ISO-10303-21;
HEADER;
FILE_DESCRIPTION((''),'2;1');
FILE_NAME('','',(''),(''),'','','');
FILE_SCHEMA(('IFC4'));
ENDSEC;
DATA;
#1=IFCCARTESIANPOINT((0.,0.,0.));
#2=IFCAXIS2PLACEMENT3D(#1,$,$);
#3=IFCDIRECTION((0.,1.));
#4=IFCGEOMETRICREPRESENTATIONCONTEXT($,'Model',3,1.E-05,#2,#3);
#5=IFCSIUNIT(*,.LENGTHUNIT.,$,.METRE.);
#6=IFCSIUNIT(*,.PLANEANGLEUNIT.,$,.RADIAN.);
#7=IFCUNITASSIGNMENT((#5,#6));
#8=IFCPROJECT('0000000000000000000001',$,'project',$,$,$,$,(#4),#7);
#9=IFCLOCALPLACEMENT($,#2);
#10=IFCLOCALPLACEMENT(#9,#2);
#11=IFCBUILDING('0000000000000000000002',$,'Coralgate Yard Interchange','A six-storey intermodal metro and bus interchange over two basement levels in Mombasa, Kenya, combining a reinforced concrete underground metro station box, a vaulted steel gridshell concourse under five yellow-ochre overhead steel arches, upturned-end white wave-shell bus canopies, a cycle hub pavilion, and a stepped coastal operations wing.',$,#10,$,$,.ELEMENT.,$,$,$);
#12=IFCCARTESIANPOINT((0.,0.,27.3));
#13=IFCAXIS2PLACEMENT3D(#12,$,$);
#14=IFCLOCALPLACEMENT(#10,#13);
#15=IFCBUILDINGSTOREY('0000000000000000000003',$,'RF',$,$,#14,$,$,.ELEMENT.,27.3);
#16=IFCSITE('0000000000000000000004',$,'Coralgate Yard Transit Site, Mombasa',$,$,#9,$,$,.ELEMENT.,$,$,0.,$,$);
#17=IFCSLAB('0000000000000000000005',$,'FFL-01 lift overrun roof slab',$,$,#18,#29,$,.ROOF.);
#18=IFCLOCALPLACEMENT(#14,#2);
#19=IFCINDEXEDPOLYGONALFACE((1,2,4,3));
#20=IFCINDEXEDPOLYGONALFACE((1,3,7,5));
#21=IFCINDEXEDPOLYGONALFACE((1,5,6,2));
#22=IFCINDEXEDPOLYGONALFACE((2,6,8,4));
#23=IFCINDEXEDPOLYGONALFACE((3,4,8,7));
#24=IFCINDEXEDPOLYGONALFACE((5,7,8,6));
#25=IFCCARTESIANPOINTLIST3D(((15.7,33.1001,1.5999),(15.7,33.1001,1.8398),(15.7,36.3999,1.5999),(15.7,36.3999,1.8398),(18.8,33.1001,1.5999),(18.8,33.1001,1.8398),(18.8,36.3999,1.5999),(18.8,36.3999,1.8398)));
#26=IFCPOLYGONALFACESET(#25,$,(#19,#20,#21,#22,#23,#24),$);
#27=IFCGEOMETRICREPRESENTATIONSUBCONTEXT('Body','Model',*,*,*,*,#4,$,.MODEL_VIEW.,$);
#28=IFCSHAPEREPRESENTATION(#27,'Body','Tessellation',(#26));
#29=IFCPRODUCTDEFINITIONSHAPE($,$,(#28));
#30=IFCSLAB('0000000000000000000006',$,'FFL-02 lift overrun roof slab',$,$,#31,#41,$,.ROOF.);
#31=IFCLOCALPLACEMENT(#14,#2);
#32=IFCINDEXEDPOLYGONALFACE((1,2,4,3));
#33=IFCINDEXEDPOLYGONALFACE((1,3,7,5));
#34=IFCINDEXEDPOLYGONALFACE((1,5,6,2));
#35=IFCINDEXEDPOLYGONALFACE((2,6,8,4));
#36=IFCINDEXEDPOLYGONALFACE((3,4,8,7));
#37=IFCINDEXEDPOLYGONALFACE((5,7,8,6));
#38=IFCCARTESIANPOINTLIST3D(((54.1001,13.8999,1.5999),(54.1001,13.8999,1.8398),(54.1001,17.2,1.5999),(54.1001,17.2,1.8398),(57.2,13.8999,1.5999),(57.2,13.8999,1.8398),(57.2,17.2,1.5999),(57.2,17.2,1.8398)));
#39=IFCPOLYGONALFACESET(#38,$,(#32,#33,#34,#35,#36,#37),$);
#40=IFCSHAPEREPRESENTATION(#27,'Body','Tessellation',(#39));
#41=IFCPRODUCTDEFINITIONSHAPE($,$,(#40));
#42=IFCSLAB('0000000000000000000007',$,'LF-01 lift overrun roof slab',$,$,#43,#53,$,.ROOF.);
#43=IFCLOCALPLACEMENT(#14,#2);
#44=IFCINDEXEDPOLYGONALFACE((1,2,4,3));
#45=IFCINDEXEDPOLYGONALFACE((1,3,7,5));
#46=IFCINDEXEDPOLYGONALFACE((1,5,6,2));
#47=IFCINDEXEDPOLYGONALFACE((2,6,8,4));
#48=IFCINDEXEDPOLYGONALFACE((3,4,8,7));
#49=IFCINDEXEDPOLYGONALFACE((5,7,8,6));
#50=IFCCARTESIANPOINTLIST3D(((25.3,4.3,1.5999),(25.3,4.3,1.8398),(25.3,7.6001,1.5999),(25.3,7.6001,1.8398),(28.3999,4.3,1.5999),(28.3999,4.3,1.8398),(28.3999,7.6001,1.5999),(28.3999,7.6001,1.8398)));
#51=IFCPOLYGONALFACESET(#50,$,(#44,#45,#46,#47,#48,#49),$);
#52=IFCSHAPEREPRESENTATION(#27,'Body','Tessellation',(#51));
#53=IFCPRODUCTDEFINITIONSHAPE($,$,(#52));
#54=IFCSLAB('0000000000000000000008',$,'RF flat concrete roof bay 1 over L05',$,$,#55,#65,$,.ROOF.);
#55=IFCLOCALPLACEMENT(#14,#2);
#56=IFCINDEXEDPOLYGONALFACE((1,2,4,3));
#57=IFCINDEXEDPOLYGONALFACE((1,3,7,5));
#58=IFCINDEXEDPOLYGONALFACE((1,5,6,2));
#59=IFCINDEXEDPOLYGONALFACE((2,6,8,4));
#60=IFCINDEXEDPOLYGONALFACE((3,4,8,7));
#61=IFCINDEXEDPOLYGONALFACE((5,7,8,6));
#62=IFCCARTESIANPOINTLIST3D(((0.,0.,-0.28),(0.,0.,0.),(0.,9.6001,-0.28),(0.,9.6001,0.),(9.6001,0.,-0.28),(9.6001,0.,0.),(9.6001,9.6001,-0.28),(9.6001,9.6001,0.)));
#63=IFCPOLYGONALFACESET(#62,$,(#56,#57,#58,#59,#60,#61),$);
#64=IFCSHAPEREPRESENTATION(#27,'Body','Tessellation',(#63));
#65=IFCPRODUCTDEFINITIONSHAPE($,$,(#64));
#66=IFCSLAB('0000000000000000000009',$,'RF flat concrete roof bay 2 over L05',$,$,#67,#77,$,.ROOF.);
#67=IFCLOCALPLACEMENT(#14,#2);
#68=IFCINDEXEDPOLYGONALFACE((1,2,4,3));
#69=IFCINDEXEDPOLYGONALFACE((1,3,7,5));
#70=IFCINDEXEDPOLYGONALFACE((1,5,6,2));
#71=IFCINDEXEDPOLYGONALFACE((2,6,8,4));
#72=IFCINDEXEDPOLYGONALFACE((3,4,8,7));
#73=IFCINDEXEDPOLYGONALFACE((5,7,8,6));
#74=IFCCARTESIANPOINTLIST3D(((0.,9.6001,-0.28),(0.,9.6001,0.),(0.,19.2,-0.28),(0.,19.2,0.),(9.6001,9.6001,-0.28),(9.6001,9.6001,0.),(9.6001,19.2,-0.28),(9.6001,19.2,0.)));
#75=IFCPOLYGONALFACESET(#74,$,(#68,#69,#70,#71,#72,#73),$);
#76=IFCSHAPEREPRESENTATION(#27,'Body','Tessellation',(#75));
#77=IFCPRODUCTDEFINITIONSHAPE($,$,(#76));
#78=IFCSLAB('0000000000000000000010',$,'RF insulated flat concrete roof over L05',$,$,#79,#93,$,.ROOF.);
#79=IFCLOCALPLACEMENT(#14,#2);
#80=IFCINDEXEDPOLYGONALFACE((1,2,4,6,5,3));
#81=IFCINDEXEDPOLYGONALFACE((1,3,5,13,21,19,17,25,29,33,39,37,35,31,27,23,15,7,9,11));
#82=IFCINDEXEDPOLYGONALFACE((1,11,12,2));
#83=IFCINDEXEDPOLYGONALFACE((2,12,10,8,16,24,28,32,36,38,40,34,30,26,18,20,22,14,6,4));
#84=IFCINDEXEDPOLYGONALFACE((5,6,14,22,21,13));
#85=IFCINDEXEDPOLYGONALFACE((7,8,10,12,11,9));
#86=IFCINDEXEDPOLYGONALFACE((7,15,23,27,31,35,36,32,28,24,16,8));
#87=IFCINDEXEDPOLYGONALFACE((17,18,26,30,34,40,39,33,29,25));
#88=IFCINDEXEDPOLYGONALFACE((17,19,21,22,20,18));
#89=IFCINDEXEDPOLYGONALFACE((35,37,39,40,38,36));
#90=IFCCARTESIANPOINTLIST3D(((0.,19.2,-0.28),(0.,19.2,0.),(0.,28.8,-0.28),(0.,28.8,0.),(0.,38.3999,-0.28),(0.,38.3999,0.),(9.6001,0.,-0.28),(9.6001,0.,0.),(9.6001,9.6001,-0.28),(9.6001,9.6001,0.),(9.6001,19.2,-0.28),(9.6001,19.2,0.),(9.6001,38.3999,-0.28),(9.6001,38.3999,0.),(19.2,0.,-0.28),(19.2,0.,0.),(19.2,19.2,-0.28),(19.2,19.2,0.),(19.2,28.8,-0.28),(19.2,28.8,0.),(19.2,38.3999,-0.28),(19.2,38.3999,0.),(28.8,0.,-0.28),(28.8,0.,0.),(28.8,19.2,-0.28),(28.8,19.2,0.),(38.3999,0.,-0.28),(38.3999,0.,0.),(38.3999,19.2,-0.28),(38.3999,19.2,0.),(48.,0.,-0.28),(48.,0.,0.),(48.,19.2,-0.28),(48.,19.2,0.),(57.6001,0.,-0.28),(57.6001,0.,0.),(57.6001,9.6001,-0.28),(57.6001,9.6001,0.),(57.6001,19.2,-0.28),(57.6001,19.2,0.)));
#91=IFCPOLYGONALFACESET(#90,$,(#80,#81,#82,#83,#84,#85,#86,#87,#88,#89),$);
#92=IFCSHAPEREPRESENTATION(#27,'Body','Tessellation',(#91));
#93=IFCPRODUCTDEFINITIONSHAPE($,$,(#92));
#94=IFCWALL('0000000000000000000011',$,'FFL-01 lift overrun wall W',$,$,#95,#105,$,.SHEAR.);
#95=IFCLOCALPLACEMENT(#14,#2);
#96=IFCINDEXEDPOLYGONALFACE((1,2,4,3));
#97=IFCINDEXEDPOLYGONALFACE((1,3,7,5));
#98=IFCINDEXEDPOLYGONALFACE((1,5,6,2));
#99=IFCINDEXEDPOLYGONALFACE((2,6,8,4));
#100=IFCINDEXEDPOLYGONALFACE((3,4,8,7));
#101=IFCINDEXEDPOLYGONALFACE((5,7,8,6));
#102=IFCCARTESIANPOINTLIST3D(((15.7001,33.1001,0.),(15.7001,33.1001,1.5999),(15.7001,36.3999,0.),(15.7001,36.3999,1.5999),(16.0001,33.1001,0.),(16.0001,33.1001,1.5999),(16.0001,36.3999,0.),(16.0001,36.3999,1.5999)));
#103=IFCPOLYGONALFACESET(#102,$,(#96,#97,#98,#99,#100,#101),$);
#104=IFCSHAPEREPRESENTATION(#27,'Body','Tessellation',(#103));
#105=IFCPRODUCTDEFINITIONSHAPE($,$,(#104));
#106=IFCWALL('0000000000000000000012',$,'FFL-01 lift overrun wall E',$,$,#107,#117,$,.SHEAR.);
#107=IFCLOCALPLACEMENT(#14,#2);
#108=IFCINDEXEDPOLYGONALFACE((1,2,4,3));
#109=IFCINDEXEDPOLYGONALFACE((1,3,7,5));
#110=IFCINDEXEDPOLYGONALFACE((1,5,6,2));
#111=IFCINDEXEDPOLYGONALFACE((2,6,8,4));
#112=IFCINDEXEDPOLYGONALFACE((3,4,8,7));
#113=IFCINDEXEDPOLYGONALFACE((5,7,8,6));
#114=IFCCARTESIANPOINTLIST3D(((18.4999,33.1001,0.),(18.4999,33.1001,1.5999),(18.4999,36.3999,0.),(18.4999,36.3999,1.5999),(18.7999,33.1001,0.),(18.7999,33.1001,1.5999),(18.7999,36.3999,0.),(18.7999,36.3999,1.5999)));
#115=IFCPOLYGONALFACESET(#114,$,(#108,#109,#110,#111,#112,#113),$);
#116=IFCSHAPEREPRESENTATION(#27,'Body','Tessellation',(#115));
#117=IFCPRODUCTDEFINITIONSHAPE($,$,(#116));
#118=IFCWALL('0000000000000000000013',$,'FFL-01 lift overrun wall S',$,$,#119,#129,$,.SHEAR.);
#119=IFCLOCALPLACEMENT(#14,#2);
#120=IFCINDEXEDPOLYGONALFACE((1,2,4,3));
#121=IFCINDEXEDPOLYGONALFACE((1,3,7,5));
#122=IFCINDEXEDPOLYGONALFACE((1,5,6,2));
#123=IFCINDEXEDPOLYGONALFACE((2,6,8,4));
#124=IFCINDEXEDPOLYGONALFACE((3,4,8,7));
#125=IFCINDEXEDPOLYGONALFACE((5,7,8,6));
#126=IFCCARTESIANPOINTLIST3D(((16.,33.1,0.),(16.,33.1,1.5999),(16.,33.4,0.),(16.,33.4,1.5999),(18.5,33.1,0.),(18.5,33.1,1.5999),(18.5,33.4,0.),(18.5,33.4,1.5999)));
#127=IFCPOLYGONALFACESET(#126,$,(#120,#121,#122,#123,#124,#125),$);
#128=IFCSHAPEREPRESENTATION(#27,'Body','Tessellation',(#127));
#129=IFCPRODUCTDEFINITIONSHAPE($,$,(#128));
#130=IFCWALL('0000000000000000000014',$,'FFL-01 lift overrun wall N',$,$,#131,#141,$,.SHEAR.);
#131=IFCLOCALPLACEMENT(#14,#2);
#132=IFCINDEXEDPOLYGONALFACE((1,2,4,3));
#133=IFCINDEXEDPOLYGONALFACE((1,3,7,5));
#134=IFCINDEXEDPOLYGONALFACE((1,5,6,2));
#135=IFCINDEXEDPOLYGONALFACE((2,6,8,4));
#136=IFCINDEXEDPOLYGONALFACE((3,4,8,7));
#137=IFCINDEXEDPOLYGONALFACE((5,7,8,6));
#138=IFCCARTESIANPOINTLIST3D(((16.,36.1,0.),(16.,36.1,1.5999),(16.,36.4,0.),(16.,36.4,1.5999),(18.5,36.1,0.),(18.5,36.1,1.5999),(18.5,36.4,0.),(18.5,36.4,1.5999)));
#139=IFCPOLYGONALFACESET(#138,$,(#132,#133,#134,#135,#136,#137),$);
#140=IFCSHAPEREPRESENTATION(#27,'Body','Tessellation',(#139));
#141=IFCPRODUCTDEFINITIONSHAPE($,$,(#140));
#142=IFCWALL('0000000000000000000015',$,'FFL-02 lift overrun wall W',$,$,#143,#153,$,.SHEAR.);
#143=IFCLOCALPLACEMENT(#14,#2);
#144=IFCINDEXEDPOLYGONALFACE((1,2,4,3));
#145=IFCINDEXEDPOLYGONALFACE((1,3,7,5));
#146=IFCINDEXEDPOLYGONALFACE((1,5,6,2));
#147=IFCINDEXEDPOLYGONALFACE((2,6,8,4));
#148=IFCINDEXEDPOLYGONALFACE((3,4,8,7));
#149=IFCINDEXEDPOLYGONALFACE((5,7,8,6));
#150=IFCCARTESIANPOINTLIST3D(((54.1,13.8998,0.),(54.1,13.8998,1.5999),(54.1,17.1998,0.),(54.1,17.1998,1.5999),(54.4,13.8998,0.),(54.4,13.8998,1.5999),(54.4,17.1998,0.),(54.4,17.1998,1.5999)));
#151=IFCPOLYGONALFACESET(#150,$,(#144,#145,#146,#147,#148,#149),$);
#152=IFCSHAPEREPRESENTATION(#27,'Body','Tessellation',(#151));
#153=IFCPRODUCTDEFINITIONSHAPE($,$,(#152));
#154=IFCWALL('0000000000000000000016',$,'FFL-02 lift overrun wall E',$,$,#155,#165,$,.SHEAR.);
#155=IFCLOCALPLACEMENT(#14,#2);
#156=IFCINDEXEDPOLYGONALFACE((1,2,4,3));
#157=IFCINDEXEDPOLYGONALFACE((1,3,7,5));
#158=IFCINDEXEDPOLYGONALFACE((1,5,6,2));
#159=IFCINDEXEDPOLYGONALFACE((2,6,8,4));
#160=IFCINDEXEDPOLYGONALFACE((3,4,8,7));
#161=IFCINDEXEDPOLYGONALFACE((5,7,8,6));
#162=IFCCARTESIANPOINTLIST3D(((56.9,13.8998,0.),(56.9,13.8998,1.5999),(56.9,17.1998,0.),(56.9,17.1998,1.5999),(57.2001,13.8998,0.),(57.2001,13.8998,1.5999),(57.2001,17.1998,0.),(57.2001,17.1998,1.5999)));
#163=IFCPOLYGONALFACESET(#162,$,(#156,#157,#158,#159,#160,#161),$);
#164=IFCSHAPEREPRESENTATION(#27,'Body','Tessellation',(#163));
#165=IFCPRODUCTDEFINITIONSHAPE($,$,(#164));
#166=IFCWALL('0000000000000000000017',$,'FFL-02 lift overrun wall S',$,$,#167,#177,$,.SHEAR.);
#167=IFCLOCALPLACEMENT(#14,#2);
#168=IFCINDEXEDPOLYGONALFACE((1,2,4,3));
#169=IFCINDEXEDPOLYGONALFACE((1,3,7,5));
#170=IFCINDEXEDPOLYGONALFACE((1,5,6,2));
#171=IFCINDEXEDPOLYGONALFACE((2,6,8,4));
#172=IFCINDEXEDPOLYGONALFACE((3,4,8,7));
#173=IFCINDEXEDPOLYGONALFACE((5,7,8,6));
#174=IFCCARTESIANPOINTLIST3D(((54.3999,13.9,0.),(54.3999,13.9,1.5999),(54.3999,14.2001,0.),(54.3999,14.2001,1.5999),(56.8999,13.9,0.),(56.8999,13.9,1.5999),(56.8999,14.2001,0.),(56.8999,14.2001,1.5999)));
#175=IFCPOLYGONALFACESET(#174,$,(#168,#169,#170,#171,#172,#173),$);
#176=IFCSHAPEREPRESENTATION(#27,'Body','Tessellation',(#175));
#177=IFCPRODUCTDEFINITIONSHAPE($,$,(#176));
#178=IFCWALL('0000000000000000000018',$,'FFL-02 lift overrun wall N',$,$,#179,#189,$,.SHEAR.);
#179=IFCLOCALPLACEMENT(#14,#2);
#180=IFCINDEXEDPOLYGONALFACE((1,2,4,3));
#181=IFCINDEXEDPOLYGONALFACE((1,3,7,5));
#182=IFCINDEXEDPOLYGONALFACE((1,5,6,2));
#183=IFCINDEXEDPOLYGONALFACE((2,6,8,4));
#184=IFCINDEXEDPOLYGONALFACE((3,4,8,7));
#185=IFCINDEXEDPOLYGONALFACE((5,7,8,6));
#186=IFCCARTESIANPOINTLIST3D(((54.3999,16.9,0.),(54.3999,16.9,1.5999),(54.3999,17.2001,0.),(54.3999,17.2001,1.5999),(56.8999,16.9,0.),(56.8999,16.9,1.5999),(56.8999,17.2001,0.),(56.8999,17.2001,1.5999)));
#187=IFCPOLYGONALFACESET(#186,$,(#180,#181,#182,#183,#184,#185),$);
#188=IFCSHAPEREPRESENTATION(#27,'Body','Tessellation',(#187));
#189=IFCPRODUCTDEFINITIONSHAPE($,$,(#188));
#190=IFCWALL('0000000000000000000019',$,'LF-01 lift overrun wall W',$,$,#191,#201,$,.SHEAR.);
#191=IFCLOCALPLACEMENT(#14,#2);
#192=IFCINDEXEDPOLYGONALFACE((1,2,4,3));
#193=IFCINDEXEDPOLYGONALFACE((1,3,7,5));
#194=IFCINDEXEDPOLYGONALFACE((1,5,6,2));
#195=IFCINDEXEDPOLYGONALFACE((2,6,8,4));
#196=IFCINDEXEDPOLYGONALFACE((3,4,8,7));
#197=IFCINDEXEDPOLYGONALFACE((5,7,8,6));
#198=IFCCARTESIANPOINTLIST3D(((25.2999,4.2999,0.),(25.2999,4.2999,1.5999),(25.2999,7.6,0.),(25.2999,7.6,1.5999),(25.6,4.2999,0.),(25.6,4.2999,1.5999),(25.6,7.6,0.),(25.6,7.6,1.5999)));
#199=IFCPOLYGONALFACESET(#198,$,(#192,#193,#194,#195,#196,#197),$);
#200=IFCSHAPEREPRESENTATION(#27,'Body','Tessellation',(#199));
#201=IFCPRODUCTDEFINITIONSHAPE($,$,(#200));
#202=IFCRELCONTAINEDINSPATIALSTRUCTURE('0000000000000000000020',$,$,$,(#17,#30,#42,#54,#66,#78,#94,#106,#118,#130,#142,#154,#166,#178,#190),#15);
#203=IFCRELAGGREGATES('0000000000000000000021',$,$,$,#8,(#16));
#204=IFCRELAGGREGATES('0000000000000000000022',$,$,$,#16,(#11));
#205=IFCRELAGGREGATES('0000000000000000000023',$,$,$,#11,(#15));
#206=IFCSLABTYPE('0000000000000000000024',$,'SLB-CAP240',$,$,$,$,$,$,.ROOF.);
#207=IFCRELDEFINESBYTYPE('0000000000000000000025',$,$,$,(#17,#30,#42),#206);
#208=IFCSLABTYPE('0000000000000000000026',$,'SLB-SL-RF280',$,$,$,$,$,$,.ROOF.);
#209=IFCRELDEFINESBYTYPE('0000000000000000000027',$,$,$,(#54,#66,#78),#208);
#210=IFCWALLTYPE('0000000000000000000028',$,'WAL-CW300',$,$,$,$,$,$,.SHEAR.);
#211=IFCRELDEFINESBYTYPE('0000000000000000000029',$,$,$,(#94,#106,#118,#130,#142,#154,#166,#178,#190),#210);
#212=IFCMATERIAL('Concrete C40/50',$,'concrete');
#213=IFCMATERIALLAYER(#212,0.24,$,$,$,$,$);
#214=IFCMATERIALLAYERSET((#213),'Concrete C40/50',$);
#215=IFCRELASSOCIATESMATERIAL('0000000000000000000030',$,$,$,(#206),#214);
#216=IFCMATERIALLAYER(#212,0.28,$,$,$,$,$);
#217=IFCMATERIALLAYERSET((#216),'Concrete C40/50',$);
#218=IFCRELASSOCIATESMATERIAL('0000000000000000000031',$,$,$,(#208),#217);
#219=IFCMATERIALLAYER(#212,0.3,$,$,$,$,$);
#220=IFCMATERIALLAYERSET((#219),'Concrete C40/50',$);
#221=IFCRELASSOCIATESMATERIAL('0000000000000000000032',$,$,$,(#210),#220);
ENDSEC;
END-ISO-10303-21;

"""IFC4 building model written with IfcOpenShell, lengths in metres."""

from ifc_helpers import new_model, si_unit, direction, frame, frame_2d, origin, place, context, subcontext, project, spatial, polyline, rectangle, outline, extrude, material, layer, layer_set, type_object, element, save


model = new_model("IFC4")

# Units and contexts
model_context = context("Model", 3, precision=1e-05, world=origin(), true_north=direction((0.0, 1.0)))
body_context = subcontext(model_context, "Body", "Model", "MODEL_VIEW")
ifc_project = project(units=[si_unit("LENGTHUNIT", "METRE"), si_unit("PLANEANGLEUNIT", "RADIAN")], contexts=[model_context])

# Site, building, storey
site_placement = place(None, origin())
site = spatial("IfcSite", under=ifc_project, at=site_placement, Name="Coralgate Yard Transit Site, Mombasa", CompositionType="ELEMENT", RefElevation=0.0)
building_placement = place(site_placement, origin())
building = spatial("IfcBuilding", under=site, at=building_placement, Name="Coralgate Yard Interchange", Description="A six-storey intermodal metro and bus interchange over two basement levels in Mombasa, Kenya, combining a reinforced concrete underground metro station box, a vaulted steel gridshell concourse under five yellow-ochre overhead steel arches, upturned-end white wave-shell bus canopies, a cycle hub pavilion, and a stepped coastal operations wing.", CompositionType="ELEMENT")
storey_placement = place(building_placement, frame((0.0, 0.0, 27.3)))
storey = spatial("IfcBuildingStorey", under=building, at=storey_placement, Name="RF", CompositionType="ELEMENT", Elevation=27.3)

# Slabs
ifc_material_1 = material(Name="Concrete C40/50", Category="concrete")
ifc_layer_1 = layer(ifc_material_1, 0.24)
ifc_layer_set_1 = layer_set([ifc_layer_1], Name="Concrete C40/50")
slab_type_1 = type_object("IfcSlabType", Name="SLB-CAP240", PredefinedType="ROOF", material=ifc_layer_set_1)
slab_1_placement = place(storey_placement, frame((0.0, 0.0, 1.5999)))
element("IfcSlab", 1, at=slab_1_placement, inside=storey, type_object=slab_type_1, Name="FFL-01 lift overrun roof slab", PredefinedType="ROOF", context=body_context, shape_type="SweptSolid", body=[
    extrude(outline(polyline([(15.7, 33.1001), (18.8, 33.1001), (18.8, 36.3999), (15.7, 36.3999), (15.7, 33.1001)])), origin(), (0.0, 0.0, 1.0), 0.24),
])
slab_2_placement = place(storey_placement, frame((0.0, 0.0, 1.5999)))
element("IfcSlab", 2, at=slab_2_placement, inside=storey, type_object=slab_type_1, Name="FFL-02 lift overrun roof slab", PredefinedType="ROOF", context=body_context, shape_type="SweptSolid", body=[
    extrude(outline(polyline([(54.1001, 13.8999), (57.2, 13.8999), (57.2, 17.2), (54.1001, 17.2), (54.1001, 13.8999)])), origin(), (0.0, 0.0, 1.0), 0.24),
])
slab_3_placement = place(storey_placement, frame((0.0, 0.0, 1.5999)))
element("IfcSlab", 3, at=slab_3_placement, inside=storey, type_object=slab_type_1, Name="LF-01 lift overrun roof slab", PredefinedType="ROOF", context=body_context, shape_type="SweptSolid", body=[
    extrude(outline(polyline([(25.3, 4.3), (28.3999, 4.3), (28.3999, 7.6001), (25.3, 7.6001), (25.3, 4.3)])), origin(), (0.0, 0.0, 1.0), 0.24),
])
ifc_layer_2 = layer(ifc_material_1, 0.28)
ifc_layer_set_2 = layer_set([ifc_layer_2], Name="Concrete C40/50")
slab_type_2 = type_object("IfcSlabType", Name="SLB-SL-RF280", PredefinedType="ROOF", material=ifc_layer_set_2)
slab_4_placement = place(storey_placement, frame((0.0, 0.0, -0.28)))
element("IfcSlab", 4, at=slab_4_placement, inside=storey, type_object=slab_type_2, Name="RF flat concrete roof bay 1 over L05", PredefinedType="ROOF", context=body_context, shape_type="SweptSolid", body=[
    extrude(outline(polyline([(0.0, 0.0), (9.6001, 0.0), (9.6001, 9.6001), (0.0, 9.6001), (0.0, 0.0)])), origin(), (0.0, 0.0, 1.0), 0.28),
])
slab_5_placement = place(storey_placement, frame((0.0, 0.0, -0.28)))
element("IfcSlab", 5, at=slab_5_placement, inside=storey, type_object=slab_type_2, Name="RF flat concrete roof bay 2 over L05", PredefinedType="ROOF", context=body_context, shape_type="SweptSolid", body=[
    extrude(outline(polyline([(0.0, 9.6001), (9.6001, 9.6001), (9.6001, 19.2), (0.0, 19.2), (0.0, 9.6001)])), origin(), (0.0, 0.0, 1.0), 0.28),
])
slab_6_placement = place(storey_placement, frame((0.0, 0.0, -0.28)))
element("IfcSlab", 6, at=slab_6_placement, inside=storey, type_object=slab_type_2, Name="RF insulated flat concrete roof over L05", PredefinedType="ROOF", context=body_context, shape_type="SweptSolid", body=[
    extrude(outline(polyline([(9.6001, 9.6001), (9.6001, 19.2), (0.0, 19.2), (0.0, 28.8), (0.0, 38.3999), (9.6001, 38.3999), (19.2, 38.3999), (19.2, 28.8), (19.2, 19.2), (28.8, 19.2), (38.3999, 19.2), (48.0, 19.2), (57.6001, 19.2), (57.6001, 9.6001), (57.6001, 0.0), (48.0, 0.0), (38.3999, 0.0), (28.8, 0.0), (19.2, 0.0), (9.6001, 0.0), (9.6001, 9.6001)])), origin(), (0.0, 0.0, 1.0), 0.28),
])

# Walls
ifc_layer_3 = layer(ifc_material_1, 0.3)
ifc_layer_set_3 = layer_set([ifc_layer_3], Name="Concrete C40/50")
wall_type_1 = type_object("IfcWallType", Name="WAL-CW300", PredefinedType="SHEAR", material=ifc_layer_set_3)
for number, where, z_axis, x_axis, name in (
    (7, (15.8501, 33.1001, 0.0), (0.0, 0.0, 1.0), (0.0, 1.0, 0.0), "FFL-01 lift overrun wall W"),
    (8, (18.6499, 33.1001, 0.0), (0.0, 0.0, 1.0), (0.0, 1.0, 0.0), "FFL-01 lift overrun wall E"),
):
    element("IfcWall", number, at=place(storey_placement, frame(where, z_axis=z_axis, x_axis=x_axis)), inside=storey, type_object=wall_type_1, Name=name, PredefinedType="SHEAR", context=body_context, shape_type="SweptSolid", body=[
        extrude(rectangle(XDim=3.2998, YDim=0.3, at=frame_2d((1.6499, 0.0))), origin(), (0.0, 0.0, 1.0), 1.5999),
    ])
for number, where, z_axis, x_axis, name in (
    (9, (16.0, 33.25, 0.0), (0.0, 0.0, 1.0), (1.0, 0.0, 0.0), "FFL-01 lift overrun wall S"),
    (10, (16.0, 36.25, 0.0), (0.0, 0.0, 1.0), (1.0, 0.0, 0.0), "FFL-01 lift overrun wall N"),
):
    element("IfcWall", number, at=place(storey_placement, frame(where, z_axis=z_axis, x_axis=x_axis)), inside=storey, type_object=wall_type_1, Name=name, PredefinedType="SHEAR", context=body_context, shape_type="SweptSolid", body=[
        extrude(rectangle(XDim=2.5, YDim=0.3, at=frame_2d((1.25, 0.0))), origin(), (0.0, 0.0, 1.0), 1.5999),
    ])
for number, where, z_axis, x_axis, name in (
    (11, (54.25, 13.8999, 0.0), (0.0, 0.0, 1.0), (0.0, 1.0, 0.0), "FFL-02 lift overrun wall W"),
    (12, (57.05, 13.8999, 0.0), (0.0, 0.0, 1.0), (0.0, 1.0, 0.0), "FFL-02 lift overrun wall E"),
):
    element("IfcWall", number, at=place(storey_placement, frame(where, z_axis=z_axis, x_axis=x_axis)), inside=storey, type_object=wall_type_1, Name=name, PredefinedType="SHEAR", context=body_context, shape_type="SweptSolid", body=[
        extrude(rectangle(XDim=3.3, YDim=0.3, at=frame_2d((1.6499, 0.0))), origin(), (0.0, 0.0, 1.0), 1.5999),
    ])
for number, where, z_axis, x_axis, name in (
    (13, (54.3999, 14.05, 0.0), (0.0, 0.0, 1.0), (1.0, 0.0, 0.0), "FFL-02 lift overrun wall S"),
    (14, (54.3999, 17.05, 0.0), (0.0, 0.0, 1.0), (1.0, 0.0, 0.0), "FFL-02 lift overrun wall N"),
):
    element("IfcWall", number, at=place(storey_placement, frame(where, z_axis=z_axis, x_axis=x_axis)), inside=storey, type_object=wall_type_1, Name=name, PredefinedType="SHEAR", context=body_context, shape_type="SweptSolid", body=[
        extrude(rectangle(XDim=2.5, YDim=0.3, at=frame_2d((1.25, 0.0))), origin(), (0.0, 0.0, 1.0), 1.5999),
    ])
for number, where, z_axis, x_axis, name in (
    (15, (25.45, 4.3, 0.0), (0.0, 0.0, 1.0), (0.0, 1.0, 0.0), "LF-01 lift overrun wall W"),
):
    element("IfcWall", number, at=place(storey_placement, frame(where, z_axis=z_axis, x_axis=x_axis)), inside=storey, type_object=wall_type_1, Name=name, PredefinedType="SHEAR", context=body_context, shape_type="SweptSolid", body=[
        extrude(rectangle(XDim=3.3, YDim=0.3, at=frame_2d((1.6499, 0.0))), origin(), (0.0, 0.0, 1.0), 1.5999),
    ])

save(model, "model.ifc")
